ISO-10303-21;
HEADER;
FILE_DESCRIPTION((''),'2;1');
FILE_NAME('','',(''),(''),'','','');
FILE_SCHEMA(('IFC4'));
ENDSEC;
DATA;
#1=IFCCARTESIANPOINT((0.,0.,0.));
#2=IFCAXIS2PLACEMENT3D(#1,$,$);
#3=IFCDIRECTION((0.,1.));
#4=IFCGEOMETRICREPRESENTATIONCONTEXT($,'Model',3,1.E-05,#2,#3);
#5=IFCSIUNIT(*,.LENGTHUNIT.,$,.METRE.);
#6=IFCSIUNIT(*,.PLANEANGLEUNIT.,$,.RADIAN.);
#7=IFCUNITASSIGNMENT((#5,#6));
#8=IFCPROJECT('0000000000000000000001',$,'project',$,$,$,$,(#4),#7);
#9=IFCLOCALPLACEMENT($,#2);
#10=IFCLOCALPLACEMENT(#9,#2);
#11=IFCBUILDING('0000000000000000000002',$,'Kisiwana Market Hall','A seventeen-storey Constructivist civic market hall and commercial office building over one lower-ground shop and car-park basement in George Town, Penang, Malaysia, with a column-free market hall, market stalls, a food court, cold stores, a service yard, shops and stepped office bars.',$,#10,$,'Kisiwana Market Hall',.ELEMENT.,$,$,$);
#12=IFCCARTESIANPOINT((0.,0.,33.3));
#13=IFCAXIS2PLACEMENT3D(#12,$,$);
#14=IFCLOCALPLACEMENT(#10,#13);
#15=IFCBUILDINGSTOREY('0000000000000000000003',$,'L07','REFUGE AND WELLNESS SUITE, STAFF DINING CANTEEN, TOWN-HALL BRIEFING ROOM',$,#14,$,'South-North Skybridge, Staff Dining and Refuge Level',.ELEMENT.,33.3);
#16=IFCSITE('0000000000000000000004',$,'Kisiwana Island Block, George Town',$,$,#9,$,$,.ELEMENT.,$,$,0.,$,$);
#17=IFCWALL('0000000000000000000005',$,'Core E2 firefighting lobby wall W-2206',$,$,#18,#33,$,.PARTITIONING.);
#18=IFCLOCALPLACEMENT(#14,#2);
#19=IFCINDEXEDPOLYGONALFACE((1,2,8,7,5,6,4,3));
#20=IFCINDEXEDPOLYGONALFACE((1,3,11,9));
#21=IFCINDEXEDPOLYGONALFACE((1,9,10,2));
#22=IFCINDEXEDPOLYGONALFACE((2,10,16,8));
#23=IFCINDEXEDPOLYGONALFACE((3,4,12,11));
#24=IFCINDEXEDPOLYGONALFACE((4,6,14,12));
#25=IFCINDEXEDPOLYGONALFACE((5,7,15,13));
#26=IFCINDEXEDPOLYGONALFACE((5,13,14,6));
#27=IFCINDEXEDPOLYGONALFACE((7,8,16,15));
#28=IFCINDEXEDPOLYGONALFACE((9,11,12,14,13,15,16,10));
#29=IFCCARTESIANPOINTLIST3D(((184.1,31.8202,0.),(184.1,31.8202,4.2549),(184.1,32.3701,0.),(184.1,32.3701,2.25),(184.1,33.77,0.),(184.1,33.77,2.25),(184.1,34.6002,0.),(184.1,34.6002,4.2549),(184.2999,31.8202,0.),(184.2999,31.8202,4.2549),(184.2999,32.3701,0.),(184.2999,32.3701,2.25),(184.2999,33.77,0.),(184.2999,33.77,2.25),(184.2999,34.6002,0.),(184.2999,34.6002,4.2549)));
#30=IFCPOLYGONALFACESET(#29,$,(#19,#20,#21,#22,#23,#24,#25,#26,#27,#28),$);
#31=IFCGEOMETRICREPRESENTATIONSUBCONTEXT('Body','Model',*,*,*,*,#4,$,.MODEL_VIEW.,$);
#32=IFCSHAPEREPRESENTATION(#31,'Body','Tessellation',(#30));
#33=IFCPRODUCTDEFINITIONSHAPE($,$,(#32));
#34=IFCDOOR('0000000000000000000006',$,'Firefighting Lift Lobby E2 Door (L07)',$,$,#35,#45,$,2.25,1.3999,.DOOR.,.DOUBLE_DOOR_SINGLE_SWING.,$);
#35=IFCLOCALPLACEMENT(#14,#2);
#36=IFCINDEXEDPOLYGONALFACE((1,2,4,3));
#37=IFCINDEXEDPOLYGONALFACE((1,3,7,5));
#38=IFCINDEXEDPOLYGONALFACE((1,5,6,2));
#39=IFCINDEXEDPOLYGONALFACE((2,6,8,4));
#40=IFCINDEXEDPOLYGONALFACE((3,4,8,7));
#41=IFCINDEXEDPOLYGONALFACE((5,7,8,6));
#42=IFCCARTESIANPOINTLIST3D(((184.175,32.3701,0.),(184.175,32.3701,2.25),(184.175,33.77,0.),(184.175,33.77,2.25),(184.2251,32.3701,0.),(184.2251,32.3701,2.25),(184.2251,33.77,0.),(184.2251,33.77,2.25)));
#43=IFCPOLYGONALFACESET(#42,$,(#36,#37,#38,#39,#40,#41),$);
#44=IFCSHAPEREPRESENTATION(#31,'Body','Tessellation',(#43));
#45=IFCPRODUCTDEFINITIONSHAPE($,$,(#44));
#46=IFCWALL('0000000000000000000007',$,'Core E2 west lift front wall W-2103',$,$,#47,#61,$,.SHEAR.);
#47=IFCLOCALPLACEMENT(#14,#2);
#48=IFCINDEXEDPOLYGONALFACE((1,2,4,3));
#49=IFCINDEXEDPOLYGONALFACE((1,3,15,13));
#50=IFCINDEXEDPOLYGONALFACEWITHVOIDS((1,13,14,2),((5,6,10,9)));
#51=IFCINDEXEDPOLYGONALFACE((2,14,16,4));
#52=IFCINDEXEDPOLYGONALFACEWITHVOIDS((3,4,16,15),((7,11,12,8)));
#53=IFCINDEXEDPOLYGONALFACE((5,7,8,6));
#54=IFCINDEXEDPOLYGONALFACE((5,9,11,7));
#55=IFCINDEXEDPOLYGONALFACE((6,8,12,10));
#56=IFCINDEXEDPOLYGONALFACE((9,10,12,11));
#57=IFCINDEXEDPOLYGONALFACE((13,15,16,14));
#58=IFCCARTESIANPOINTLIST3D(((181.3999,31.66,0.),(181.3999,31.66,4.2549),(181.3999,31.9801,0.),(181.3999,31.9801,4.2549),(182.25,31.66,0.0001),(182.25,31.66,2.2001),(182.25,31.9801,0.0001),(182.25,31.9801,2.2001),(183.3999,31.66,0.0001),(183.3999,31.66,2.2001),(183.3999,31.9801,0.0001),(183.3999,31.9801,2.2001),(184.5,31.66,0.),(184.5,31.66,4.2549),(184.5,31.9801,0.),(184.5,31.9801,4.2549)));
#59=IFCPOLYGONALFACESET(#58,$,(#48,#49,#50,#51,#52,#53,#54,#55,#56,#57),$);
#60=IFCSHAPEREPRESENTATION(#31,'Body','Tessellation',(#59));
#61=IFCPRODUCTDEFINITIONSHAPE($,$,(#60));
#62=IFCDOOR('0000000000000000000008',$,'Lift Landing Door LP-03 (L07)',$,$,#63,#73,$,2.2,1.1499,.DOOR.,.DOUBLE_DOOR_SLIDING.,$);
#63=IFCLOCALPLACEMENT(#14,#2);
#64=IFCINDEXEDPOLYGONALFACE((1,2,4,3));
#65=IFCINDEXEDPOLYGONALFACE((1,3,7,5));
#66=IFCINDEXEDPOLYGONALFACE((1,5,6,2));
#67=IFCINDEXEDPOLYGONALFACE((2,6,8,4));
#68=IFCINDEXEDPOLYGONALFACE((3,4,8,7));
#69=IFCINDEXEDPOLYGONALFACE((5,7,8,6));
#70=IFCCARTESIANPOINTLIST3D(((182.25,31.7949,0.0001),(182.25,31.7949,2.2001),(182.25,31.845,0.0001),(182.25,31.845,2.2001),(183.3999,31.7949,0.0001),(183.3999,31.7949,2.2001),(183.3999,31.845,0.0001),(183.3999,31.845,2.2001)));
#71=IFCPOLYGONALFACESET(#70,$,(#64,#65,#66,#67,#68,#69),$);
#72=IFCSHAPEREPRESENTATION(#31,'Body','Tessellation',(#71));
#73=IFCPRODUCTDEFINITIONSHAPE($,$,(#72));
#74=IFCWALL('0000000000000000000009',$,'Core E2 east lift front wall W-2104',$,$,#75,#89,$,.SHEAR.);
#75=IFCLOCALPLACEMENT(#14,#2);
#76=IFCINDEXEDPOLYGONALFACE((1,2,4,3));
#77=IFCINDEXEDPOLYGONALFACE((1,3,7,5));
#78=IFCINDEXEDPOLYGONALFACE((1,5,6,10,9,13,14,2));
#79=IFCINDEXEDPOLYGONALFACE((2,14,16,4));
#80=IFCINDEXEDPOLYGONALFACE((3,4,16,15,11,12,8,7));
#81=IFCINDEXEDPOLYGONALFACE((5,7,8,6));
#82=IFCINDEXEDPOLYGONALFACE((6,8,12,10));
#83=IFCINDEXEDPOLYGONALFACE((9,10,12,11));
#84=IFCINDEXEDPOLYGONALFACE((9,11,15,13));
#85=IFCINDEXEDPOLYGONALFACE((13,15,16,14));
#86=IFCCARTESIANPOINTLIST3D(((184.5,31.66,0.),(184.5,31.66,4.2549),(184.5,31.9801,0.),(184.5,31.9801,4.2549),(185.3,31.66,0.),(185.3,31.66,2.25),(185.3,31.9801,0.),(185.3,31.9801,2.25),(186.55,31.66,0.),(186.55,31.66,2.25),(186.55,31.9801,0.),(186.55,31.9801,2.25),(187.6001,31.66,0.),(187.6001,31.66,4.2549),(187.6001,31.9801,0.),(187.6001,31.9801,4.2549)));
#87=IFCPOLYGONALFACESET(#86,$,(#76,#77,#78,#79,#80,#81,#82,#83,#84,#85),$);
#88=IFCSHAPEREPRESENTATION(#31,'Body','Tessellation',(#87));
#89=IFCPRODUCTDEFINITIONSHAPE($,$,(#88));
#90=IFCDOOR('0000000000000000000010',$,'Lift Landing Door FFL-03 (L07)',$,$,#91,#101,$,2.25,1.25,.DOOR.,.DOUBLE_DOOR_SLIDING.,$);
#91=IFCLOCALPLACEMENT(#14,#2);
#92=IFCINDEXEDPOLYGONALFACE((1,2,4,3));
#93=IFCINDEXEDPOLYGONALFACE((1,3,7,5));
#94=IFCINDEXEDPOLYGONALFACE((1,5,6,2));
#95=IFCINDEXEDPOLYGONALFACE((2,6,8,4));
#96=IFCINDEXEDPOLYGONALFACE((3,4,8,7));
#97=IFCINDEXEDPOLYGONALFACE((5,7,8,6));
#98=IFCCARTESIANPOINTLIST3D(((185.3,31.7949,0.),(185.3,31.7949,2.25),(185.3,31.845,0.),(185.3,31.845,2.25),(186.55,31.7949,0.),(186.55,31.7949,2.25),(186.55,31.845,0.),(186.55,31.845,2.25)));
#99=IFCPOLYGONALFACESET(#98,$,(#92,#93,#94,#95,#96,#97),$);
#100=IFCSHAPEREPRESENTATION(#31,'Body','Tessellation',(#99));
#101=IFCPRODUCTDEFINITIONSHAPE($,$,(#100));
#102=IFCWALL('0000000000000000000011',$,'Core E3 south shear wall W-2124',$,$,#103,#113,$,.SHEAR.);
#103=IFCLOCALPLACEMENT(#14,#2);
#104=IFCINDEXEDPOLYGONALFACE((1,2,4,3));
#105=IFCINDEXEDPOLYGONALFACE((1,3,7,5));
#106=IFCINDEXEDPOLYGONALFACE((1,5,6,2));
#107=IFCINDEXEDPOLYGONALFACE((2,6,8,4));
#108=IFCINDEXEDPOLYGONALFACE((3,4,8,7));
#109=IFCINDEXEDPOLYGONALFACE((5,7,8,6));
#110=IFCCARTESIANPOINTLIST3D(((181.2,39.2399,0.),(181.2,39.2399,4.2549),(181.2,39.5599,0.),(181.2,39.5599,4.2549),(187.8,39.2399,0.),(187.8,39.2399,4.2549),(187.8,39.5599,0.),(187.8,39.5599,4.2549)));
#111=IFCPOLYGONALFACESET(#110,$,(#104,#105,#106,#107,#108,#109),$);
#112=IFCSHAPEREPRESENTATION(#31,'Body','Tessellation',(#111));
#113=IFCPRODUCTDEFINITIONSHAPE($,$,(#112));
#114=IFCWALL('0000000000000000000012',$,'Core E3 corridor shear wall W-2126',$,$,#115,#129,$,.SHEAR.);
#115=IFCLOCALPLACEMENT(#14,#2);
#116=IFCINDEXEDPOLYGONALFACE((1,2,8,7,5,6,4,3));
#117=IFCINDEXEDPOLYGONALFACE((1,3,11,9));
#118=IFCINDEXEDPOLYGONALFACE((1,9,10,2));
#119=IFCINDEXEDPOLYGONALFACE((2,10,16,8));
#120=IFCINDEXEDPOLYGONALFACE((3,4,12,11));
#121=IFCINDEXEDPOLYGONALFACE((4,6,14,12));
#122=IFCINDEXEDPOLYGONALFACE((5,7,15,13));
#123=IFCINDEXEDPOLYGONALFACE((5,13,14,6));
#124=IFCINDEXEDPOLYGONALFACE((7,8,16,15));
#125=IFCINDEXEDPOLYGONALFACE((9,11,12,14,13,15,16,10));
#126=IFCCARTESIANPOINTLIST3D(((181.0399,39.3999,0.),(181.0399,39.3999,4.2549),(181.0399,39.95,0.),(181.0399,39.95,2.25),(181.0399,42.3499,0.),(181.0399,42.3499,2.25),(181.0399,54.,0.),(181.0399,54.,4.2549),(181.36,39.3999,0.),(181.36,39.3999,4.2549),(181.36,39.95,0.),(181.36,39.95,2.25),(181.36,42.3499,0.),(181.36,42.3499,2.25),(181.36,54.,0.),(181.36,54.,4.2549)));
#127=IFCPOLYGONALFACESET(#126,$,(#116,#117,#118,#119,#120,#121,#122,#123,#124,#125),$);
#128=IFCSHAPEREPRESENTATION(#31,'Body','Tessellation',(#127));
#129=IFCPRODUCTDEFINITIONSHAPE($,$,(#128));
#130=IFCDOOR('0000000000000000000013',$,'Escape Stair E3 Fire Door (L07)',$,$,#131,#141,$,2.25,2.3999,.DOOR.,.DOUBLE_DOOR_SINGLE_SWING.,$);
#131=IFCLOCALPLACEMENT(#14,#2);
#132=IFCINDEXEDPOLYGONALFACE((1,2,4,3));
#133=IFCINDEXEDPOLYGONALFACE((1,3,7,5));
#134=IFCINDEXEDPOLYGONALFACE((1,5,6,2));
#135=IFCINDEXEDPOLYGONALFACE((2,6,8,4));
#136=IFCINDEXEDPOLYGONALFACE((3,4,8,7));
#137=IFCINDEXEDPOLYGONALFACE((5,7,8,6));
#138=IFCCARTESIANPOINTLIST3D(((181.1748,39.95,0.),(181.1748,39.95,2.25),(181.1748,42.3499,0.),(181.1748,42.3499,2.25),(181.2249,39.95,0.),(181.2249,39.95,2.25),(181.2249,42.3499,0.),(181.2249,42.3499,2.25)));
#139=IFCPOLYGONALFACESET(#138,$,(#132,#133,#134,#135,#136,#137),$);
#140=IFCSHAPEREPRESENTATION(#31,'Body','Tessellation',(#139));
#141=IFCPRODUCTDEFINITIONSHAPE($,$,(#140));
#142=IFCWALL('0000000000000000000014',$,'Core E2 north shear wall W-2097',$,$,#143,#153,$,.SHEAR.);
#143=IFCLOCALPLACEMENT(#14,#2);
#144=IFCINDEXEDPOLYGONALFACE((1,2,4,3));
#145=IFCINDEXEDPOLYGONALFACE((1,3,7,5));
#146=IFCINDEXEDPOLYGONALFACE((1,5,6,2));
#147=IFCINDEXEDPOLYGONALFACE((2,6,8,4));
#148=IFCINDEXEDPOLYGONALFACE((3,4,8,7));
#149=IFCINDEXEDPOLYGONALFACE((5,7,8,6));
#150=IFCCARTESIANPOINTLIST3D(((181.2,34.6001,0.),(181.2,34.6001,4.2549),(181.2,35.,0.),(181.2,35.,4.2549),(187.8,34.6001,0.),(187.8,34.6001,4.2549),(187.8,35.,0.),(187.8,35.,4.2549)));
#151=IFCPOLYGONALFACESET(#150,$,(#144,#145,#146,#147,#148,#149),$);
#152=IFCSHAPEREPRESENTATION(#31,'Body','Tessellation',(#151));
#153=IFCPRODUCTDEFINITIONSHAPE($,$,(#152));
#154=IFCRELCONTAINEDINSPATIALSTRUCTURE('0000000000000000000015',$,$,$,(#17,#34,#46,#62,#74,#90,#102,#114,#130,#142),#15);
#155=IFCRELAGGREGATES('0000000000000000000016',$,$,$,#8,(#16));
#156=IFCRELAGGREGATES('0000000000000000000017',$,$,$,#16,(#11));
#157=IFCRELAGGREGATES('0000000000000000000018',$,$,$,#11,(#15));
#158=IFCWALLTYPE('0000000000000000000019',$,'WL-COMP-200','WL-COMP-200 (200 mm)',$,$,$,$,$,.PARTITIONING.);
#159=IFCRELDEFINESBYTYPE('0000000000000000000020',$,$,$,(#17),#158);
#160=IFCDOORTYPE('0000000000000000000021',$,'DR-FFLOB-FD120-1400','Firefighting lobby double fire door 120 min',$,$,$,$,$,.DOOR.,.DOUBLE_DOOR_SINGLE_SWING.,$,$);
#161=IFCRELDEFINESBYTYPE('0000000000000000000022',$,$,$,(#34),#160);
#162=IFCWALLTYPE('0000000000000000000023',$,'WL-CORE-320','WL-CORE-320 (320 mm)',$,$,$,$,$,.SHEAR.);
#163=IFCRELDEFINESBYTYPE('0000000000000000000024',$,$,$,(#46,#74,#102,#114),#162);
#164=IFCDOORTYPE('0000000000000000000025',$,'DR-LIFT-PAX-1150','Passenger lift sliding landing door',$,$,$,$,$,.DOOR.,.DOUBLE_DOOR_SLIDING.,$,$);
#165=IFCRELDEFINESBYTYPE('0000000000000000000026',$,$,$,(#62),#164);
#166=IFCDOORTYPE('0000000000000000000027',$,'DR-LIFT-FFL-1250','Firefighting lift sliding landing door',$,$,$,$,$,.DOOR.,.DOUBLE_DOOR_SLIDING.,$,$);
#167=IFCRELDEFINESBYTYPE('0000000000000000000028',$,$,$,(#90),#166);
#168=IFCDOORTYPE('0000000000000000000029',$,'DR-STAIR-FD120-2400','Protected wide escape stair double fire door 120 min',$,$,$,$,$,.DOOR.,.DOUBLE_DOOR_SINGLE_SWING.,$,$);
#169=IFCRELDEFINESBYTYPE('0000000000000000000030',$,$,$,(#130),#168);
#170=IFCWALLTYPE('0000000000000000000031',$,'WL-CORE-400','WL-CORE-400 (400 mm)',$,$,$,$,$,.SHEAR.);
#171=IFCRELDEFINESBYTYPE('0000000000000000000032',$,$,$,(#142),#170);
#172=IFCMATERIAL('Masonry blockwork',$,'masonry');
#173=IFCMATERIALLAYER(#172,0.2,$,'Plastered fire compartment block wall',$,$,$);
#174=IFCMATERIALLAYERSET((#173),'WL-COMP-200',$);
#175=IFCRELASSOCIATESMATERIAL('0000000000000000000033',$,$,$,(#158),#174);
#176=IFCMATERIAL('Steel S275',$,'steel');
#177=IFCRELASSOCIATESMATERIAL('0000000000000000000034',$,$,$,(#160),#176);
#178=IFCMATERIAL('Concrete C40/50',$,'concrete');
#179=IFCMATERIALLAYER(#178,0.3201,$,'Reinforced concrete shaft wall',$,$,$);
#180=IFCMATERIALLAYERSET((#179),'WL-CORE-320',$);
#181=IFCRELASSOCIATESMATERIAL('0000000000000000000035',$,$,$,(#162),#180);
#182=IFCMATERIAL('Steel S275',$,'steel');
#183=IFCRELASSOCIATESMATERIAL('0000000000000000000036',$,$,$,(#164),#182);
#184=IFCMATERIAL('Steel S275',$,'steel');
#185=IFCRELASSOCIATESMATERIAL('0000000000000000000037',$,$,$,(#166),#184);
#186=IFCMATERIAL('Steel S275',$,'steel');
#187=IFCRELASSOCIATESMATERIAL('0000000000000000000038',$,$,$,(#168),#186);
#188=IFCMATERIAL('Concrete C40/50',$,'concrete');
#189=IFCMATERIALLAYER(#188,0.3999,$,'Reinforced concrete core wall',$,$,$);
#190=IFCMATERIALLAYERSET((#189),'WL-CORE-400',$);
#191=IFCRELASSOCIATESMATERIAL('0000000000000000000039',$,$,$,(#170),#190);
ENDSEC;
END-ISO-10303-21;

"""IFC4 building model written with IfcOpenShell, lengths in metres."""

from ifc_helpers import new_model, si_unit, direction, frame, frame_2d, origin, place, context, subcontext, project, spatial, rectangle, extrude, material, layer, layer_set, type_object, element, fill, save


model = new_model("IFC4")

# Units and contexts
model_context = context("Model", 3, precision=1e-05, world=origin(), true_north=direction((0.0, 1.0)))
body_context = subcontext(model_context, "Body", "Model", "MODEL_VIEW")
ifc_project = project(units=[si_unit("LENGTHUNIT", "METRE"), si_unit("PLANEANGLEUNIT", "RADIAN")], contexts=[model_context])

# Site, building, storey
site_placement = place(None, origin())
site = spatial("IfcSite", under=ifc_project, at=site_placement, Name="Kisiwana Island Block, George Town", CompositionType="ELEMENT", RefElevation=0.0)
building_placement = place(site_placement, origin())
building = spatial("IfcBuilding", under=site, at=building_placement, Name="Kisiwana Market Hall", Description="A seventeen-storey Constructivist civic market hall and commercial office building over one lower-ground shop and car-park basement in George Town, Penang, Malaysia, with a column-free market hall, market stalls, a food court, cold stores, a service yard, shops and stepped office bars.", LongName="Kisiwana Market Hall", CompositionType="ELEMENT")
storey_placement = place(building_placement, frame((0.0, 0.0, 33.3)))
storey = spatial("IfcBuildingStorey", under=building, at=storey_placement, Name="L07", Description="REFUGE AND WELLNESS SUITE, STAFF DINING CANTEEN, TOWN-HALL BRIEFING ROOM", LongName="South-North Skybridge, Staff Dining and Refuge Level", CompositionType="ELEMENT", Elevation=33.3)

# Walls, openings, doors
ifc_material_1 = material(Name="Masonry blockwork", Category="masonry")
ifc_layer_1 = layer(ifc_material_1, 0.2, Name="Plastered fire compartment block wall")
ifc_layer_set_1 = layer_set([ifc_layer_1], Name="WL-COMP-200")
wall_type_1 = type_object("IfcWallType", Name="WL-COMP-200", Description="WL-COMP-200 (200 mm)", PredefinedType="PARTITIONING", material=ifc_layer_set_1)
wall_1_placement = place(storey_placement, frame((184.2, 31.8201, 0.0), z_axis=(0.0, 0.0, 1.0), x_axis=(0.0, 1.0, 0.0)))
wall_1 = element("IfcWall", 1, at=wall_1_placement, inside=storey, type_object=wall_type_1, Name="Core E2 firefighting lobby wall W-2206", PredefinedType="PARTITIONING", context=body_context, shape_type="SweptSolid", body=[
    extrude(rectangle(XDim=2.78, YDim=0.2, at=frame_2d((1.3901, 0.0))), origin(), (0.0, 0.0, 1.0), 4.2549),
])
opening_1_placement = place(wall_1_placement, frame((0.55, 0.0, 0.0)))
opening_1 = element("IfcOpeningElement", 2, at=opening_1_placement, cuts=wall_1, PredefinedType="OPENING", context=body_context, shape_type="SweptSolid", body=[
    extrude(rectangle(XDim=1.3999, YDim=2.25, at=frame_2d((0.7, 1.125))), frame((0.0, 0.1118, 0.0), z_axis=(0.0, -1.0, 0.0), x_axis=(1.0, 0.0, 0.0)), (0.0, 0.0, 1.0), 0.2239),
])
ifc_material_2 = material(Name="Steel S275", Category="steel")
door_type_1 = type_object("IfcDoorType", Name="DR-FFLOB-FD120-1400", Description="Firefighting lobby double fire door 120 min", OperationType="DOUBLE_DOOR_SINGLE_SWING", PredefinedType="DOOR", material=ifc_material_2)
door_1_placement = place(opening_1_placement, origin())
door_1 = element("IfcDoor", 3, at=door_1_placement, inside=storey, type_object=door_type_1, Name="Firefighting Lift Lobby E2 Door (L07)", OperationType="DOUBLE_DOOR_SINGLE_SWING", OverallHeight=2.25, OverallWidth=1.3999, PredefinedType="DOOR", context=body_context, shape_type="SweptSolid", body=[
    extrude(rectangle(XDim=1.3999, YDim=2.25, at=frame_2d((0.7, 1.125))), frame((0.0, 0.0249, 0.0), z_axis=(0.0, -1.0, 0.0), x_axis=(1.0, 0.0, 0.0)), (0.0, 0.0, 1.0), 0.05),
])
fill(opening_1, door_1)
ifc_material_3 = material(Name="Concrete C40/50", Category="concrete")
ifc_layer_2 = layer(ifc_material_3, 0.3201, Name="Reinforced concrete shaft wall")
ifc_layer_set_2 = layer_set([ifc_layer_2], Name="WL-CORE-320")
wall_type_2 = type_object("IfcWallType", Name="WL-CORE-320", Description="WL-CORE-320 (320 mm)", PredefinedType="SHEAR", material=ifc_layer_set_2)
wall_2_placement = place(storey_placement, frame((181.3999, 31.8201, 0.0), z_axis=(0.0, 0.0, 1.0), x_axis=(1.0, 0.0, 0.0)))
wall_2 = element("IfcWall", 4, at=wall_2_placement, inside=storey, type_object=wall_type_2, Name="Core E2 west lift front wall W-2103", PredefinedType="SHEAR", context=body_context, shape_type="SweptSolid", body=[
    extrude(rectangle(XDim=3.1001, YDim=0.3201, at=frame_2d((1.55, 0.0))), origin(), (0.0, 0.0, 1.0), 4.2549),
])
opening_2_placement = place(wall_2_placement, frame((0.8501, 0.0, 0.0)))
opening_2 = element("IfcOpeningElement", 5, at=opening_2_placement, cuts=wall_2, PredefinedType="OPENING", context=body_context, shape_type="SweptSolid", body=[
    extrude(rectangle(XDim=1.1499, YDim=2.2, at=frame_2d((0.575, 1.1001))), frame((0.0, 0.1719, 0.0), z_axis=(0.0, -1.0, 0.0), x_axis=(1.0, 0.0, 0.0)), (0.0, 0.0, 1.0), 0.344),
])
ifc_material_4 = material(Name="Steel S275", Category="steel")
door_type_2 = type_object("IfcDoorType", Name="DR-LIFT-PAX-1150", Description="Passenger lift sliding landing door", OperationType="DOUBLE_DOOR_SLIDING", PredefinedType="DOOR", material=ifc_material_4)
door_2_placement = place(opening_2_placement, origin())
door_2 = element("IfcDoor", 6, at=door_2_placement, inside=storey, type_object=door_type_2, Name="Lift Landing Door LP-03 (L07)", OperationType="DOUBLE_DOOR_SLIDING", OverallHeight=2.2, OverallWidth=1.1499, PredefinedType="DOOR", context=body_context, shape_type="SweptSolid", body=[
    extrude(rectangle(XDim=1.1499, YDim=2.2, at=frame_2d((0.575, 1.1001))), frame((0.0, 0.0249, 0.0), z_axis=(0.0, -1.0, 0.0), x_axis=(1.0, 0.0, 0.0)), (0.0, 0.0, 1.0), 0.05),
])
fill(opening_2, door_2)
wall_3_placement = place(storey_placement, frame((184.5, 31.8201, 0.0), z_axis=(0.0, 0.0, 1.0), x_axis=(1.0, 0.0, 0.0)))
wall_3 = element("IfcWall", 7, at=wall_3_placement, inside=storey, type_object=wall_type_2, Name="Core E2 east lift front wall W-2104", PredefinedType="SHEAR", context=body_context, shape_type="SweptSolid", body=[
    extrude(rectangle(XDim=3.1001, YDim=0.3201, at=frame_2d((1.55, 0.0))), origin(), (0.0, 0.0, 1.0), 4.2549),
])
opening_3_placement = place(wall_3_placement, frame((0.8, 0.0, 0.0)))
opening_3 = element("IfcOpeningElement", 8, at=opening_3_placement, cuts=wall_3, PredefinedType="OPENING", context=body_context, shape_type="SweptSolid", body=[
    extrude(rectangle(XDim=1.25, YDim=2.25, at=frame_2d((0.625, 1.125))), frame((0.0, 0.1719, 0.0), z_axis=(0.0, -1.0, 0.0), x_axis=(1.0, 0.0, 0.0)), (0.0, 0.0, 1.0), 0.344),
])
ifc_material_5 = material(Name="Steel S275", Category="steel")
door_type_3 = type_object("IfcDoorType", Name="DR-LIFT-FFL-1250", Description="Firefighting lift sliding landing door", OperationType="DOUBLE_DOOR_SLIDING", PredefinedType="DOOR", material=ifc_material_5)
door_3_placement = place(opening_3_placement, origin())
door_3 = element("IfcDoor", 9, at=door_3_placement, inside=storey, type_object=door_type_3, Name="Lift Landing Door FFL-03 (L07)", OperationType="DOUBLE_DOOR_SLIDING", OverallHeight=2.25, OverallWidth=1.25, PredefinedType="DOOR", context=body_context, shape_type="SweptSolid", body=[
    extrude(rectangle(XDim=1.25, YDim=2.25, at=frame_2d((0.625, 1.125))), frame((0.0, 0.0249, 0.0), z_axis=(0.0, -1.0, 0.0), x_axis=(1.0, 0.0, 0.0)), (0.0, 0.0, 1.0), 0.05),
])
fill(opening_3, door_3)

# Wall
wall_4_placement = place(storey_placement, frame((181.2, 39.3999, 0.0), z_axis=(0.0, 0.0, 1.0), x_axis=(1.0, 0.0, 0.0)))
element("IfcWall", 10, at=wall_4_placement, inside=storey, type_object=wall_type_2, Name="Core E3 south shear wall W-2124", PredefinedType="SHEAR", context=body_context, shape_type="SweptSolid", body=[
    extrude(rectangle(XDim=6.6001, YDim=0.3201, at=frame_2d((3.3, 0.0))), origin(), (0.0, 0.0, 1.0), 4.2549),
])

# Wall, opening, door
wall_5_placement = place(storey_placement, frame((181.2, 39.3999, 0.0), z_axis=(0.0, 0.0, 1.0), x_axis=(0.0, 1.0, 0.0)))
wall_5 = element("IfcWall", 11, at=wall_5_placement, inside=storey, type_object=wall_type_2, Name="Core E3 corridor shear wall W-2126", PredefinedType="SHEAR", context=body_context, shape_type="SweptSolid", body=[
    extrude(rectangle(XDim=14.6001, YDim=0.3201, at=frame_2d((7.3, 0.0))), origin(), (0.0, 0.0, 1.0), 4.2549),
])
opening_4_placement = place(wall_5_placement, frame((0.55, 0.0, 0.0)))
opening_4 = element("IfcOpeningElement", 12, at=opening_4_placement, cuts=wall_5, PredefinedType="OPENING", context=body_context, shape_type="SweptSolid", body=[
    extrude(rectangle(XDim=2.3999, YDim=2.25, at=frame_2d((1.2, 1.125))), frame((0.0, 0.1719, 0.0), z_axis=(0.0, -1.0, 0.0), x_axis=(1.0, 0.0, 0.0)), (0.0, 0.0, 1.0), 0.344),
])
ifc_material_6 = material(Name="Steel S275", Category="steel")
door_type_4 = type_object("IfcDoorType", Name="DR-STAIR-FD120-2400", Description="Protected wide escape stair double fire door 120 min", OperationType="DOUBLE_DOOR_SINGLE_SWING", PredefinedType="DOOR", material=ifc_material_6)
door_4_placement = place(opening_4_placement, frame((2.3999, 0.0, 0.0), z_axis=(0.0, 0.0, 1.0), x_axis=(-1.0, 0.0, 0.0)))
door_4 = element("IfcDoor", 13, at=door_4_placement, inside=storey, type_object=door_type_4, Name="Escape Stair E3 Fire Door (L07)", OperationType="DOUBLE_DOOR_SINGLE_SWING", OverallHeight=2.25, OverallWidth=2.3999, PredefinedType="DOOR", context=body_context, shape_type="SweptSolid", body=[
    extrude(rectangle(XDim=2.3999, YDim=2.25, at=frame_2d((1.2, 1.125))), frame((0.0, 0.0249, 0.0), z_axis=(0.0, -1.0, 0.0), x_axis=(1.0, 0.0, 0.0)), (0.0, 0.0, 1.0), 0.05),
])
fill(opening_4, door_4)

# Wall
ifc_material_7 = material(Name="Concrete C40/50", Category="concrete")
ifc_layer_3 = layer(ifc_material_7, 0.3999, Name="Reinforced concrete core wall")
ifc_layer_set_3 = layer_set([ifc_layer_3], Name="WL-CORE-400")
wall_type_3 = type_object("IfcWallType", Name="WL-CORE-400", Description="WL-CORE-400 (400 mm)", PredefinedType="SHEAR", material=ifc_layer_set_3)
wall_6_placement = place(storey_placement, frame((181.2, 34.8, 0.0), z_axis=(0.0, 0.0, 1.0), x_axis=(1.0, 0.0, 0.0)))
element("IfcWall", 14, at=wall_6_placement, inside=storey, type_object=wall_type_3, Name="Core E2 north shear wall W-2097", PredefinedType="SHEAR", context=body_context, shape_type="SweptSolid", body=[
    extrude(rectangle(XDim=6.6001, YDim=0.3999, at=frame_2d((3.3, 0.0))), origin(), (0.0, 0.0, 1.0), 4.2549),
])

save(model, "model.ifc")
